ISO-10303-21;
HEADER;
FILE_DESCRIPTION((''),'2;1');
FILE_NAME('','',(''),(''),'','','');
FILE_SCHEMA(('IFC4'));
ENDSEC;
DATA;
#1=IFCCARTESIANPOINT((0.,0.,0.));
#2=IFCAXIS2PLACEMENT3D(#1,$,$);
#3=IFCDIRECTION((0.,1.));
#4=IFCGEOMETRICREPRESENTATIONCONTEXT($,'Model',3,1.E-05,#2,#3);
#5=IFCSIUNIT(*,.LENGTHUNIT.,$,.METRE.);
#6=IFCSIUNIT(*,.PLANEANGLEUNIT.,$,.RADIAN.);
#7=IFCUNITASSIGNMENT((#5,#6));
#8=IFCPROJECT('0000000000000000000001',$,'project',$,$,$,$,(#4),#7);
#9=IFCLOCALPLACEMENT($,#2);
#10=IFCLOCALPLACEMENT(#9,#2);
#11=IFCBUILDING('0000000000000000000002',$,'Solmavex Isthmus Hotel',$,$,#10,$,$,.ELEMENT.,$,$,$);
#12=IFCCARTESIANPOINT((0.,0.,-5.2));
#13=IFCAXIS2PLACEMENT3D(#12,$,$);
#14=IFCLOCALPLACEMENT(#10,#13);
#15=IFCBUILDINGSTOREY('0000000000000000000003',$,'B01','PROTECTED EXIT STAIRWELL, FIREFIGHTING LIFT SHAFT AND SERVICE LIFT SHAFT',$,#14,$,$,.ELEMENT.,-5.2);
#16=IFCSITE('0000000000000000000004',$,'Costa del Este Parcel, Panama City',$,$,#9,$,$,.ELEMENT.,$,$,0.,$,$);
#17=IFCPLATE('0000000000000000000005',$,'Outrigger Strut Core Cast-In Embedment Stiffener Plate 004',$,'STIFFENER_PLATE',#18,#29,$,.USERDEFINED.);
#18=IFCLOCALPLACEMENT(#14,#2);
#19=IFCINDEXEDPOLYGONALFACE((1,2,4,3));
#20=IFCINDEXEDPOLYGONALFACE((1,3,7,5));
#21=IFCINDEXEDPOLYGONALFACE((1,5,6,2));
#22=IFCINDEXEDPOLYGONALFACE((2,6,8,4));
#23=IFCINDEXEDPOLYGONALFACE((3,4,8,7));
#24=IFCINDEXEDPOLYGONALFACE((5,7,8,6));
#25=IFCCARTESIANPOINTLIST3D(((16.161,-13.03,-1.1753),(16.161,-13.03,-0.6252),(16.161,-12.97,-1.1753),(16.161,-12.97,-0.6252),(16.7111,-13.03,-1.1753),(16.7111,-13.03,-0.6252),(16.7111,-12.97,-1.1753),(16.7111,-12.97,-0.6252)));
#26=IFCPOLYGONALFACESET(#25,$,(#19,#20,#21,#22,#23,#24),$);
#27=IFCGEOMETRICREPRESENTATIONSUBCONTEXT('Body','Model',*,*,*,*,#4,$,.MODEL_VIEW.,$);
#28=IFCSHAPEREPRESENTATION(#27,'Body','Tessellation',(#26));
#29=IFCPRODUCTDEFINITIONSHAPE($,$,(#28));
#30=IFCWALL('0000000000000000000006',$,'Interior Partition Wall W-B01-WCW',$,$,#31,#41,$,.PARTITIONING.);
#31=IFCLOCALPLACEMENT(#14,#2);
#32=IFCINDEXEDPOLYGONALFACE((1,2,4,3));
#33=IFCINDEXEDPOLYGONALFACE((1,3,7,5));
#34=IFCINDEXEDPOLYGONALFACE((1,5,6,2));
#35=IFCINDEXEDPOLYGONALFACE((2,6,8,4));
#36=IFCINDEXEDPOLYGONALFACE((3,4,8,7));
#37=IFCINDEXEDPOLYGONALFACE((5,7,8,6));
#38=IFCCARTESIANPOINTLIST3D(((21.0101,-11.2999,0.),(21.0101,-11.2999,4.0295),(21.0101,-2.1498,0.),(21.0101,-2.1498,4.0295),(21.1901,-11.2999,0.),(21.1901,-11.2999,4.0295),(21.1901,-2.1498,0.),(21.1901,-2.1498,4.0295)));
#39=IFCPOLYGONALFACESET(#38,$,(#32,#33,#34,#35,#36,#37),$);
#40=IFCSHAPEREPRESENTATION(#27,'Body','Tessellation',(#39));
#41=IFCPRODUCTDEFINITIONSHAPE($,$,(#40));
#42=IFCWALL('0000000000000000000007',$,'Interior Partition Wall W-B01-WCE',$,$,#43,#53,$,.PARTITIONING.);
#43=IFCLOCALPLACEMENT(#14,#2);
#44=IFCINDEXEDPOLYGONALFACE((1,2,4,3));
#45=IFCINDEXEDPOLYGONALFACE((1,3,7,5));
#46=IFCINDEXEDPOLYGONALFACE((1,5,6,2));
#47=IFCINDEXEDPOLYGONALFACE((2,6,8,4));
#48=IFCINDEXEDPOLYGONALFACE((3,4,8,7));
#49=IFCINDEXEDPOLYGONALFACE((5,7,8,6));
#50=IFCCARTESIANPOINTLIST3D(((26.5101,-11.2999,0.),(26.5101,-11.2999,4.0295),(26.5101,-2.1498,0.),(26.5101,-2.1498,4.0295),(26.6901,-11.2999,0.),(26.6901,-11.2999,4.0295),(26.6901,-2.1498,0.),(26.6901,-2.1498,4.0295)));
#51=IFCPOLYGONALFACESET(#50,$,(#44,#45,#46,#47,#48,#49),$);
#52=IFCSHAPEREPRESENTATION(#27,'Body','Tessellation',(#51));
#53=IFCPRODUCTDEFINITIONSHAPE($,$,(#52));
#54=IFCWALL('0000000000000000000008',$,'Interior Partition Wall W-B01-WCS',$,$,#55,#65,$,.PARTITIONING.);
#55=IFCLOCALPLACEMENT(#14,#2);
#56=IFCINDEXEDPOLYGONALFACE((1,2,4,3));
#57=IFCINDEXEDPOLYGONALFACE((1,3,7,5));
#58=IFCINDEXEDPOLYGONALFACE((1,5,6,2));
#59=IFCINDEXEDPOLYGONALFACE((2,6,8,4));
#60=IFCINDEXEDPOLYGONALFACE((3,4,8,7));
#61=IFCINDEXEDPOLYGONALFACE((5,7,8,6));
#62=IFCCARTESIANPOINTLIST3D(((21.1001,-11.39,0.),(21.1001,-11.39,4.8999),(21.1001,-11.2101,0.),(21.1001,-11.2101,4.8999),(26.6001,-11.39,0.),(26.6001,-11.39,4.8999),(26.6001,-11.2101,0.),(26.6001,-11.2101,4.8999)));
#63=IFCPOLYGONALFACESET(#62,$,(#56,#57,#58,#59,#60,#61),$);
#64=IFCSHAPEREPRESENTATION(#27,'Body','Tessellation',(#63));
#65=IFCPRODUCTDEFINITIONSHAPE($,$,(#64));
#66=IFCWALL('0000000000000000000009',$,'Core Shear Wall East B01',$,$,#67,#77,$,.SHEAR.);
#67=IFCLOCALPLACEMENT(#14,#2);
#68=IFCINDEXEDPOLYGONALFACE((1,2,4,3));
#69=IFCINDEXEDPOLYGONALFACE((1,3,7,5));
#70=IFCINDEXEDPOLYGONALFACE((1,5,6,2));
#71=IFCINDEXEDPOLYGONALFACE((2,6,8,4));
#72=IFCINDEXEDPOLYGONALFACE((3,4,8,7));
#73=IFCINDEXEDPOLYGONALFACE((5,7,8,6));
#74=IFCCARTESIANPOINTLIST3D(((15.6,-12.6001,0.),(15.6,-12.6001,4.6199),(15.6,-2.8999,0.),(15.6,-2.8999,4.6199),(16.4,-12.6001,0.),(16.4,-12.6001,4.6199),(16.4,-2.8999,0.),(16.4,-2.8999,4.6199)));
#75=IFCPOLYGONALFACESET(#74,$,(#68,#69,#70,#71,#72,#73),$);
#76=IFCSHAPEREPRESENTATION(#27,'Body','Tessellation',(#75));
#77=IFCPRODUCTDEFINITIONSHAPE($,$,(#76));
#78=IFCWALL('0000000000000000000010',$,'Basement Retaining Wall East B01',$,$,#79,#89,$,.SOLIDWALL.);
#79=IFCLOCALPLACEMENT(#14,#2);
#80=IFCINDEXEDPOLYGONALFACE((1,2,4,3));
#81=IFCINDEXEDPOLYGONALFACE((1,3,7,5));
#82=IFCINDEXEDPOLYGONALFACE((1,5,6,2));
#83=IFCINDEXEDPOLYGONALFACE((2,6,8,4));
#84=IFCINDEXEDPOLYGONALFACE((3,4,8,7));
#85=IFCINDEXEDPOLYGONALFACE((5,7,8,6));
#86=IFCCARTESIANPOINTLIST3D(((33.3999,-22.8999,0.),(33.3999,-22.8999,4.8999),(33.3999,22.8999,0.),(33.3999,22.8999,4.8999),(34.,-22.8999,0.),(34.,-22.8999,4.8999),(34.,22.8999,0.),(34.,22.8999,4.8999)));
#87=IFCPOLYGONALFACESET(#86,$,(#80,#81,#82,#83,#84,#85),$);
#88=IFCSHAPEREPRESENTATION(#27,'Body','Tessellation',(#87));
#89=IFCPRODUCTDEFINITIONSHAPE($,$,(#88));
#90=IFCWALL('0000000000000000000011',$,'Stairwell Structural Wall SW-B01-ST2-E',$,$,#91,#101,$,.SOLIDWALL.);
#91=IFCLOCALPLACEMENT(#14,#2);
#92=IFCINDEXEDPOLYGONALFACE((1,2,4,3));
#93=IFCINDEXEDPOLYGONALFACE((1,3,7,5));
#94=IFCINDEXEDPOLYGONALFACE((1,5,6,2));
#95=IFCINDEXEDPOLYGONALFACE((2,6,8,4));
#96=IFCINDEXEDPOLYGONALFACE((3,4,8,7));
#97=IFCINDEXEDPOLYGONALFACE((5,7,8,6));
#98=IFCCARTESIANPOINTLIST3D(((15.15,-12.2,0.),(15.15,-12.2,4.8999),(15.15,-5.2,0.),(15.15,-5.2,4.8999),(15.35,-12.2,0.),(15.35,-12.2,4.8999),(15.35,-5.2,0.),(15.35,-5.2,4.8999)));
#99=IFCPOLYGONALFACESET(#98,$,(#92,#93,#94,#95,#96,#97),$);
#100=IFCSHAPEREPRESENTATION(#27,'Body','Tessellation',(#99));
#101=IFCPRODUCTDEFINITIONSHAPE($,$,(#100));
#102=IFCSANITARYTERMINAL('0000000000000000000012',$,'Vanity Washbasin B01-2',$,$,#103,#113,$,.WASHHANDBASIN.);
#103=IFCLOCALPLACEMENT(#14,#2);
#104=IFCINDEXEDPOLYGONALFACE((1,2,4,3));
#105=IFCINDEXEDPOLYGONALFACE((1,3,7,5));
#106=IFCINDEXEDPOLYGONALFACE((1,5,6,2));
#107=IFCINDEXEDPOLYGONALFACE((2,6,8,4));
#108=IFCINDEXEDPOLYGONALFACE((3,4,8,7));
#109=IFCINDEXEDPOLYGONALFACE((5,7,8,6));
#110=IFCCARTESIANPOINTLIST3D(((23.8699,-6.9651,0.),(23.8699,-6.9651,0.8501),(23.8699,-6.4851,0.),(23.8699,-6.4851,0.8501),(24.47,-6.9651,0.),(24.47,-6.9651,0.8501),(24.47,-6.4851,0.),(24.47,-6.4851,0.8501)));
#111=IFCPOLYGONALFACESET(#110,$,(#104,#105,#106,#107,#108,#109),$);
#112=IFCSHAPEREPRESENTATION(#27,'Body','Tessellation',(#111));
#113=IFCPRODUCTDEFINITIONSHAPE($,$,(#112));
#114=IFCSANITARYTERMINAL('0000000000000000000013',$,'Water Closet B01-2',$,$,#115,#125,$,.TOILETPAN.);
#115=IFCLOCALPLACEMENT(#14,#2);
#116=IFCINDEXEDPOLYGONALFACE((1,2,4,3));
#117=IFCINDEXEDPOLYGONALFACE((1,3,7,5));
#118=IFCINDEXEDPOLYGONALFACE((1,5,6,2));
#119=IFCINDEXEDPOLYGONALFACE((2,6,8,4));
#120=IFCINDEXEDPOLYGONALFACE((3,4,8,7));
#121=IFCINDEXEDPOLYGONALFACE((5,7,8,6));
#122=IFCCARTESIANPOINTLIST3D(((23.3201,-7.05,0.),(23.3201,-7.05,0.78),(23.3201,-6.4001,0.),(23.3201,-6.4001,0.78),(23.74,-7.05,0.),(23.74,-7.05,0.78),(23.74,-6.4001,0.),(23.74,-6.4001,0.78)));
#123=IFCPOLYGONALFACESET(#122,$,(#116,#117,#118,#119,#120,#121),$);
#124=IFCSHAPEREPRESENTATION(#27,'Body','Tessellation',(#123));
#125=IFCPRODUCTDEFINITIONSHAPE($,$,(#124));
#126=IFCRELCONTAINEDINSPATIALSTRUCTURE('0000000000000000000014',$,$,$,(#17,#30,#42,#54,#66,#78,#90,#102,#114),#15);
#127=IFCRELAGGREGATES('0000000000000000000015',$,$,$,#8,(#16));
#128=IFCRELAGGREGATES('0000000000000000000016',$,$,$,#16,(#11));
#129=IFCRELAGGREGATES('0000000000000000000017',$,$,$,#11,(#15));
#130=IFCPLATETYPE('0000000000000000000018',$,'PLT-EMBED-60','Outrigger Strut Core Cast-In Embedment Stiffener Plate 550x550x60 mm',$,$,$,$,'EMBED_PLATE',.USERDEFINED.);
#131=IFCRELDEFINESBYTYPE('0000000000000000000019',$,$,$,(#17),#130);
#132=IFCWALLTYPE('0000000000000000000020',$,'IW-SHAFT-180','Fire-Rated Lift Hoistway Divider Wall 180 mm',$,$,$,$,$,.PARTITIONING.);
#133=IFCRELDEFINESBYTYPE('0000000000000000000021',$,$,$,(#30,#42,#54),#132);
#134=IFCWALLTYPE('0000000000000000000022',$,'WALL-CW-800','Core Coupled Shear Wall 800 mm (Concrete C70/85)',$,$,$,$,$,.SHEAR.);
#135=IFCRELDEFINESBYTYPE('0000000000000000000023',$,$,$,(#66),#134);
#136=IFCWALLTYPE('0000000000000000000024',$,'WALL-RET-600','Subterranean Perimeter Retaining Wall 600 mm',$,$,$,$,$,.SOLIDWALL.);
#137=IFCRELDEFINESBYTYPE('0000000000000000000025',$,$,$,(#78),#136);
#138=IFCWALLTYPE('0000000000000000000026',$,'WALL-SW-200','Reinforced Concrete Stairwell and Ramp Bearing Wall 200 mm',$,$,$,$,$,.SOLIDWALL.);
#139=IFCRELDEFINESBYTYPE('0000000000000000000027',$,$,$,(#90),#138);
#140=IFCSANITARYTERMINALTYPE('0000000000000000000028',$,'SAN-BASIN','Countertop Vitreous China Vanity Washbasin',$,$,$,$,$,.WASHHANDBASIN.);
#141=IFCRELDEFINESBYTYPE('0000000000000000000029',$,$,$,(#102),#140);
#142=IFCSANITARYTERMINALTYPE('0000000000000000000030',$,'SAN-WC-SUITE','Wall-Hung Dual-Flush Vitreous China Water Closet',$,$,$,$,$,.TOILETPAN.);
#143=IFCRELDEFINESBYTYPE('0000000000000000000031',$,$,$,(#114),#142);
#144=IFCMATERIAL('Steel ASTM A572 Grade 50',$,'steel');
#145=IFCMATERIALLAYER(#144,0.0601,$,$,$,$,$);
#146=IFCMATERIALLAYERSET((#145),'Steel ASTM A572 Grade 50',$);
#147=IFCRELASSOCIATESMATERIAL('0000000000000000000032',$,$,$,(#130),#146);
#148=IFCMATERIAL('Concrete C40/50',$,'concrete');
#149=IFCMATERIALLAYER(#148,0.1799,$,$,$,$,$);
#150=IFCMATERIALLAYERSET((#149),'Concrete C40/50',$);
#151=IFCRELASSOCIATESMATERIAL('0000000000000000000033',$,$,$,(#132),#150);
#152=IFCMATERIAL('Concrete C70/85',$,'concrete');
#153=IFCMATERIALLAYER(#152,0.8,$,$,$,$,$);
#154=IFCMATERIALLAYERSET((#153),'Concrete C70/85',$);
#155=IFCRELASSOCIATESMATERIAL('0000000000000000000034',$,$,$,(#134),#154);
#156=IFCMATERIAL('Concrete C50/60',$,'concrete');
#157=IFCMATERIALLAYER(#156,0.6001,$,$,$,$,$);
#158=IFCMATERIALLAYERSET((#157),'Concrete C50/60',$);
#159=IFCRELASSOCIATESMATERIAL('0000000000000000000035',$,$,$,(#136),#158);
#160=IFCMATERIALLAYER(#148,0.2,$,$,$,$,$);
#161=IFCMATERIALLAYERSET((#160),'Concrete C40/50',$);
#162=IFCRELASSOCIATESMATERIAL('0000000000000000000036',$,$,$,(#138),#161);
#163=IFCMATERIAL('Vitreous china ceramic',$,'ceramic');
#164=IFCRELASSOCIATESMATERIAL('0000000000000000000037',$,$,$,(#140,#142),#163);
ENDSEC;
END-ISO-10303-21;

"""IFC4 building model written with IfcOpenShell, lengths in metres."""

from ifc_helpers import new_model, si_unit, direction, frame, frame_2d, origin, origin_2d, place, context, subcontext, project, spatial, rectangle, extrude, material, layer, layer_set, type_object, element, save


model = new_model("IFC4")

# Units and contexts
model_context = context("Model", 3, precision=1e-05, world=origin(), true_north=direction((0.0, 1.0)))
body_context = subcontext(model_context, "Body", "Model", "MODEL_VIEW")
ifc_project = project(units=[si_unit("LENGTHUNIT", "METRE"), si_unit("PLANEANGLEUNIT", "RADIAN")], contexts=[model_context])

# Site, building, storey
site_placement = place(None, origin())
site = spatial("IfcSite", under=ifc_project, at=site_placement, Name="Costa del Este Parcel, Panama City", CompositionType="ELEMENT", RefElevation=0.0)
building_placement = place(site_placement, origin())
building = spatial("IfcBuilding", under=site, at=building_placement, Name="Solmavex Isthmus Hotel", CompositionType="ELEMENT")
storey_placement = place(building_placement, frame((0.0, 0.0, -5.2)))
storey = spatial("IfcBuildingStorey", under=building, at=storey_placement, Name="B01", Description="PROTECTED EXIT STAIRWELL, FIREFIGHTING LIFT SHAFT AND SERVICE LIFT SHAFT", CompositionType="ELEMENT", Elevation=-5.2)

# Shared definitions
ifc_material_1 = material(Name="Concrete C70/85", Category="concrete")
ifc_material_2 = material(Name="Concrete C50/60", Category="concrete")

# Plate
ifc_material_3 = material(Name="Steel ASTM A572 Grade 50", Category="steel")
ifc_layer_1 = layer(ifc_material_3, 0.0601)
ifc_layer_set_1 = layer_set([ifc_layer_1], Name="Steel ASTM A572 Grade 50")
plate_type = type_object("IfcPlateType", Name="PLT-EMBED-60", Description="Outrigger Strut Core Cast-In Embedment Stiffener Plate 550x550x60 mm", ElementType="EMBED_PLATE", PredefinedType="USERDEFINED", material=ifc_layer_set_1)
plate_placement = place(storey_placement, frame((16.436, -13.0, -1.1753), z_axis=(0.0, 0.0, 1.0), x_axis=(1.0, 0.0, 0.0)))
element("IfcPlate", 1, at=plate_placement, inside=storey, type_object=plate_type, Name="Outrigger Strut Core Cast-In Embedment Stiffener Plate 004", ObjectType="STIFFENER_PLATE", PredefinedType="USERDEFINED", context=body_context, shape_type="SweptSolid", body=[
    extrude(rectangle(XDim=0.55, YDim=0.0601, at=origin_2d()), origin(), (0.0, 0.0, 1.0), 0.55),
])

# Walls
ifc_material_4 = material(Name="Concrete C40/50", Category="concrete")
ifc_layer_2 = layer(ifc_material_4, 0.1799)
ifc_layer_set_2 = layer_set([ifc_layer_2], Name="Concrete C40/50")
wall_type_1 = type_object("IfcWallType", Name="IW-SHAFT-180", Description="Fire-Rated Lift Hoistway Divider Wall 180 mm", PredefinedType="PARTITIONING", material=ifc_layer_set_2)
for number, where, z_axis, x_axis, name in (
    (2, (21.1001, -11.3, 0.0), (0.0, 0.0, 1.0), (0.0, 1.0, 0.0), "Interior Partition Wall W-B01-WCW"),
    (3, (26.6001, -11.3, 0.0), (0.0, 0.0, 1.0), (0.0, 1.0, 0.0), "Interior Partition Wall W-B01-WCE"),
):
    element("IfcWall", number, at=place(storey_placement, frame(where, z_axis=z_axis, x_axis=x_axis)), inside=storey, type_object=wall_type_1, Name=name, PredefinedType="PARTITIONING", context=body_context, shape_type="SweptSolid", body=[
        extrude(rectangle(XDim=9.1501, YDim=0.1799, at=frame_2d((4.5752, 0.0))), origin(), (0.0, 0.0, 1.0), 4.0295),
    ])
wall_1_placement = place(storey_placement, frame((21.1001, -11.3, 0.0), z_axis=(0.0, 0.0, 1.0), x_axis=(1.0, 0.0, 0.0)))
element("IfcWall", 4, at=wall_1_placement, inside=storey, type_object=wall_type_1, Name="Interior Partition Wall W-B01-WCS", PredefinedType="PARTITIONING", context=body_context, shape_type="SweptSolid", body=[
    extrude(rectangle(XDim=5.5, YDim=0.1799, at=frame_2d((2.75, 0.0))), origin(), (0.0, 0.0, 1.0), 4.8999),
])
ifc_layer_3 = layer(ifc_material_1, 0.8)
ifc_layer_set_3 = layer_set([ifc_layer_3], Name="Concrete C70/85")
wall_type_2 = type_object("IfcWallType", Name="WALL-CW-800", Description="Core Coupled Shear Wall 800 mm (Concrete C70/85)", PredefinedType="SHEAR", material=ifc_layer_set_3)
wall_2_placement = place(storey_placement, frame((16.0, -12.6001, 0.0), z_axis=(0.0, 0.0, 1.0), x_axis=(0.0, 1.0, 0.0)))
element("IfcWall", 5, at=wall_2_placement, inside=storey, type_object=wall_type_2, Name="Core Shear Wall East B01", PredefinedType="SHEAR", context=body_context, shape_type="SweptSolid", body=[
    extrude(rectangle(XDim=9.7002, YDim=0.8, at=frame_2d((4.8501, 0.0))), origin(), (0.0, 0.0, 1.0), 4.6199),
])
ifc_layer_4 = layer(ifc_material_2, 0.6001)
ifc_layer_set_4 = layer_set([ifc_layer_4], Name="Concrete C50/60")
wall_type_3 = type_object("IfcWallType", Name="WALL-RET-600", Description="Subterranean Perimeter Retaining Wall 600 mm", PredefinedType="SOLIDWALL", material=ifc_layer_set_4)
wall_3_placement = place(storey_placement, frame((33.7, -22.8999, 0.0), z_axis=(0.0, 0.0, 1.0), x_axis=(0.0, 1.0, 0.0)))
element("IfcWall", 6, at=wall_3_placement, inside=storey, type_object=wall_type_3, Name="Basement Retaining Wall East B01", PredefinedType="SOLIDWALL", context=body_context, shape_type="SweptSolid", body=[
    extrude(rectangle(XDim=45.7998, YDim=0.6001, at=frame_2d((22.8999, 0.0))), origin(), (0.0, 0.0, 1.0), 4.8999),
])
ifc_layer_5 = layer(ifc_material_4, 0.2)
ifc_layer_set_5 = layer_set([ifc_layer_5], Name="Concrete C40/50")
wall_type_4 = type_object("IfcWallType", Name="WALL-SW-200", Description="Reinforced Concrete Stairwell and Ramp Bearing Wall 200 mm", PredefinedType="SOLIDWALL", material=ifc_layer_set_5)
wall_4_placement = place(storey_placement, frame((15.25, -12.2, 0.0), z_axis=(0.0, 0.0, 1.0), x_axis=(0.0, 1.0, 0.0)))
element("IfcWall", 7, at=wall_4_placement, inside=storey, type_object=wall_type_4, Name="Stairwell Structural Wall SW-B01-ST2-E", PredefinedType="SOLIDWALL", context=body_context, shape_type="SweptSolid", body=[
    extrude(rectangle(XDim=7.0, YDim=0.2, at=frame_2d((3.5, 0.0))), origin(), (0.0, 0.0, 1.0), 4.8999),
])

# Sanitary terminals
ifc_material_5 = material(Name="Vitreous china ceramic", Category="ceramic")
sanitary_terminal_type_1 = type_object("IfcSanitaryTerminalType", Name="SAN-BASIN", Description="Countertop Vitreous China Vanity Washbasin", PredefinedType="WASHHANDBASIN", material=ifc_material_5)
sanitary_terminal_1_placement = place(storey_placement, frame((24.1699, -6.7251, 0.0), z_axis=(0.0, 0.0, 1.0), x_axis=(1.0, 0.0, 0.0)))
element("IfcSanitaryTerminal", 8, at=sanitary_terminal_1_placement, inside=storey, type_object=sanitary_terminal_type_1, Name="Vanity Washbasin B01-2", PredefinedType="WASHHANDBASIN", context=body_context, shape_type="SweptSolid", body=[
    extrude(rectangle(XDim=0.6001, YDim=0.48, at=origin_2d()), origin(), (0.0, 0.0, 1.0), 0.8501),
])
sanitary_terminal_type_2 = type_object("IfcSanitaryTerminalType", Name="SAN-WC-SUITE", Description="Wall-Hung Dual-Flush Vitreous China Water Closet", PredefinedType="TOILETPAN", material=ifc_material_5)
sanitary_terminal_2_placement = place(storey_placement, frame((23.53, -6.7251, 0.0), z_axis=(0.0, 0.0, 1.0), x_axis=(1.0, 0.0, 0.0)))
element("IfcSanitaryTerminal", 9, at=sanitary_terminal_2_placement, inside=storey, type_object=sanitary_terminal_type_2, Name="Water Closet B01-2", PredefinedType="TOILETPAN", context=body_context, shape_type="SweptSolid", body=[
    extrude(rectangle(XDim=0.4199, YDim=0.6499, at=origin_2d()), origin(), (0.0, 0.0, 1.0), 0.78),
])

save(model, "model.ifc")
